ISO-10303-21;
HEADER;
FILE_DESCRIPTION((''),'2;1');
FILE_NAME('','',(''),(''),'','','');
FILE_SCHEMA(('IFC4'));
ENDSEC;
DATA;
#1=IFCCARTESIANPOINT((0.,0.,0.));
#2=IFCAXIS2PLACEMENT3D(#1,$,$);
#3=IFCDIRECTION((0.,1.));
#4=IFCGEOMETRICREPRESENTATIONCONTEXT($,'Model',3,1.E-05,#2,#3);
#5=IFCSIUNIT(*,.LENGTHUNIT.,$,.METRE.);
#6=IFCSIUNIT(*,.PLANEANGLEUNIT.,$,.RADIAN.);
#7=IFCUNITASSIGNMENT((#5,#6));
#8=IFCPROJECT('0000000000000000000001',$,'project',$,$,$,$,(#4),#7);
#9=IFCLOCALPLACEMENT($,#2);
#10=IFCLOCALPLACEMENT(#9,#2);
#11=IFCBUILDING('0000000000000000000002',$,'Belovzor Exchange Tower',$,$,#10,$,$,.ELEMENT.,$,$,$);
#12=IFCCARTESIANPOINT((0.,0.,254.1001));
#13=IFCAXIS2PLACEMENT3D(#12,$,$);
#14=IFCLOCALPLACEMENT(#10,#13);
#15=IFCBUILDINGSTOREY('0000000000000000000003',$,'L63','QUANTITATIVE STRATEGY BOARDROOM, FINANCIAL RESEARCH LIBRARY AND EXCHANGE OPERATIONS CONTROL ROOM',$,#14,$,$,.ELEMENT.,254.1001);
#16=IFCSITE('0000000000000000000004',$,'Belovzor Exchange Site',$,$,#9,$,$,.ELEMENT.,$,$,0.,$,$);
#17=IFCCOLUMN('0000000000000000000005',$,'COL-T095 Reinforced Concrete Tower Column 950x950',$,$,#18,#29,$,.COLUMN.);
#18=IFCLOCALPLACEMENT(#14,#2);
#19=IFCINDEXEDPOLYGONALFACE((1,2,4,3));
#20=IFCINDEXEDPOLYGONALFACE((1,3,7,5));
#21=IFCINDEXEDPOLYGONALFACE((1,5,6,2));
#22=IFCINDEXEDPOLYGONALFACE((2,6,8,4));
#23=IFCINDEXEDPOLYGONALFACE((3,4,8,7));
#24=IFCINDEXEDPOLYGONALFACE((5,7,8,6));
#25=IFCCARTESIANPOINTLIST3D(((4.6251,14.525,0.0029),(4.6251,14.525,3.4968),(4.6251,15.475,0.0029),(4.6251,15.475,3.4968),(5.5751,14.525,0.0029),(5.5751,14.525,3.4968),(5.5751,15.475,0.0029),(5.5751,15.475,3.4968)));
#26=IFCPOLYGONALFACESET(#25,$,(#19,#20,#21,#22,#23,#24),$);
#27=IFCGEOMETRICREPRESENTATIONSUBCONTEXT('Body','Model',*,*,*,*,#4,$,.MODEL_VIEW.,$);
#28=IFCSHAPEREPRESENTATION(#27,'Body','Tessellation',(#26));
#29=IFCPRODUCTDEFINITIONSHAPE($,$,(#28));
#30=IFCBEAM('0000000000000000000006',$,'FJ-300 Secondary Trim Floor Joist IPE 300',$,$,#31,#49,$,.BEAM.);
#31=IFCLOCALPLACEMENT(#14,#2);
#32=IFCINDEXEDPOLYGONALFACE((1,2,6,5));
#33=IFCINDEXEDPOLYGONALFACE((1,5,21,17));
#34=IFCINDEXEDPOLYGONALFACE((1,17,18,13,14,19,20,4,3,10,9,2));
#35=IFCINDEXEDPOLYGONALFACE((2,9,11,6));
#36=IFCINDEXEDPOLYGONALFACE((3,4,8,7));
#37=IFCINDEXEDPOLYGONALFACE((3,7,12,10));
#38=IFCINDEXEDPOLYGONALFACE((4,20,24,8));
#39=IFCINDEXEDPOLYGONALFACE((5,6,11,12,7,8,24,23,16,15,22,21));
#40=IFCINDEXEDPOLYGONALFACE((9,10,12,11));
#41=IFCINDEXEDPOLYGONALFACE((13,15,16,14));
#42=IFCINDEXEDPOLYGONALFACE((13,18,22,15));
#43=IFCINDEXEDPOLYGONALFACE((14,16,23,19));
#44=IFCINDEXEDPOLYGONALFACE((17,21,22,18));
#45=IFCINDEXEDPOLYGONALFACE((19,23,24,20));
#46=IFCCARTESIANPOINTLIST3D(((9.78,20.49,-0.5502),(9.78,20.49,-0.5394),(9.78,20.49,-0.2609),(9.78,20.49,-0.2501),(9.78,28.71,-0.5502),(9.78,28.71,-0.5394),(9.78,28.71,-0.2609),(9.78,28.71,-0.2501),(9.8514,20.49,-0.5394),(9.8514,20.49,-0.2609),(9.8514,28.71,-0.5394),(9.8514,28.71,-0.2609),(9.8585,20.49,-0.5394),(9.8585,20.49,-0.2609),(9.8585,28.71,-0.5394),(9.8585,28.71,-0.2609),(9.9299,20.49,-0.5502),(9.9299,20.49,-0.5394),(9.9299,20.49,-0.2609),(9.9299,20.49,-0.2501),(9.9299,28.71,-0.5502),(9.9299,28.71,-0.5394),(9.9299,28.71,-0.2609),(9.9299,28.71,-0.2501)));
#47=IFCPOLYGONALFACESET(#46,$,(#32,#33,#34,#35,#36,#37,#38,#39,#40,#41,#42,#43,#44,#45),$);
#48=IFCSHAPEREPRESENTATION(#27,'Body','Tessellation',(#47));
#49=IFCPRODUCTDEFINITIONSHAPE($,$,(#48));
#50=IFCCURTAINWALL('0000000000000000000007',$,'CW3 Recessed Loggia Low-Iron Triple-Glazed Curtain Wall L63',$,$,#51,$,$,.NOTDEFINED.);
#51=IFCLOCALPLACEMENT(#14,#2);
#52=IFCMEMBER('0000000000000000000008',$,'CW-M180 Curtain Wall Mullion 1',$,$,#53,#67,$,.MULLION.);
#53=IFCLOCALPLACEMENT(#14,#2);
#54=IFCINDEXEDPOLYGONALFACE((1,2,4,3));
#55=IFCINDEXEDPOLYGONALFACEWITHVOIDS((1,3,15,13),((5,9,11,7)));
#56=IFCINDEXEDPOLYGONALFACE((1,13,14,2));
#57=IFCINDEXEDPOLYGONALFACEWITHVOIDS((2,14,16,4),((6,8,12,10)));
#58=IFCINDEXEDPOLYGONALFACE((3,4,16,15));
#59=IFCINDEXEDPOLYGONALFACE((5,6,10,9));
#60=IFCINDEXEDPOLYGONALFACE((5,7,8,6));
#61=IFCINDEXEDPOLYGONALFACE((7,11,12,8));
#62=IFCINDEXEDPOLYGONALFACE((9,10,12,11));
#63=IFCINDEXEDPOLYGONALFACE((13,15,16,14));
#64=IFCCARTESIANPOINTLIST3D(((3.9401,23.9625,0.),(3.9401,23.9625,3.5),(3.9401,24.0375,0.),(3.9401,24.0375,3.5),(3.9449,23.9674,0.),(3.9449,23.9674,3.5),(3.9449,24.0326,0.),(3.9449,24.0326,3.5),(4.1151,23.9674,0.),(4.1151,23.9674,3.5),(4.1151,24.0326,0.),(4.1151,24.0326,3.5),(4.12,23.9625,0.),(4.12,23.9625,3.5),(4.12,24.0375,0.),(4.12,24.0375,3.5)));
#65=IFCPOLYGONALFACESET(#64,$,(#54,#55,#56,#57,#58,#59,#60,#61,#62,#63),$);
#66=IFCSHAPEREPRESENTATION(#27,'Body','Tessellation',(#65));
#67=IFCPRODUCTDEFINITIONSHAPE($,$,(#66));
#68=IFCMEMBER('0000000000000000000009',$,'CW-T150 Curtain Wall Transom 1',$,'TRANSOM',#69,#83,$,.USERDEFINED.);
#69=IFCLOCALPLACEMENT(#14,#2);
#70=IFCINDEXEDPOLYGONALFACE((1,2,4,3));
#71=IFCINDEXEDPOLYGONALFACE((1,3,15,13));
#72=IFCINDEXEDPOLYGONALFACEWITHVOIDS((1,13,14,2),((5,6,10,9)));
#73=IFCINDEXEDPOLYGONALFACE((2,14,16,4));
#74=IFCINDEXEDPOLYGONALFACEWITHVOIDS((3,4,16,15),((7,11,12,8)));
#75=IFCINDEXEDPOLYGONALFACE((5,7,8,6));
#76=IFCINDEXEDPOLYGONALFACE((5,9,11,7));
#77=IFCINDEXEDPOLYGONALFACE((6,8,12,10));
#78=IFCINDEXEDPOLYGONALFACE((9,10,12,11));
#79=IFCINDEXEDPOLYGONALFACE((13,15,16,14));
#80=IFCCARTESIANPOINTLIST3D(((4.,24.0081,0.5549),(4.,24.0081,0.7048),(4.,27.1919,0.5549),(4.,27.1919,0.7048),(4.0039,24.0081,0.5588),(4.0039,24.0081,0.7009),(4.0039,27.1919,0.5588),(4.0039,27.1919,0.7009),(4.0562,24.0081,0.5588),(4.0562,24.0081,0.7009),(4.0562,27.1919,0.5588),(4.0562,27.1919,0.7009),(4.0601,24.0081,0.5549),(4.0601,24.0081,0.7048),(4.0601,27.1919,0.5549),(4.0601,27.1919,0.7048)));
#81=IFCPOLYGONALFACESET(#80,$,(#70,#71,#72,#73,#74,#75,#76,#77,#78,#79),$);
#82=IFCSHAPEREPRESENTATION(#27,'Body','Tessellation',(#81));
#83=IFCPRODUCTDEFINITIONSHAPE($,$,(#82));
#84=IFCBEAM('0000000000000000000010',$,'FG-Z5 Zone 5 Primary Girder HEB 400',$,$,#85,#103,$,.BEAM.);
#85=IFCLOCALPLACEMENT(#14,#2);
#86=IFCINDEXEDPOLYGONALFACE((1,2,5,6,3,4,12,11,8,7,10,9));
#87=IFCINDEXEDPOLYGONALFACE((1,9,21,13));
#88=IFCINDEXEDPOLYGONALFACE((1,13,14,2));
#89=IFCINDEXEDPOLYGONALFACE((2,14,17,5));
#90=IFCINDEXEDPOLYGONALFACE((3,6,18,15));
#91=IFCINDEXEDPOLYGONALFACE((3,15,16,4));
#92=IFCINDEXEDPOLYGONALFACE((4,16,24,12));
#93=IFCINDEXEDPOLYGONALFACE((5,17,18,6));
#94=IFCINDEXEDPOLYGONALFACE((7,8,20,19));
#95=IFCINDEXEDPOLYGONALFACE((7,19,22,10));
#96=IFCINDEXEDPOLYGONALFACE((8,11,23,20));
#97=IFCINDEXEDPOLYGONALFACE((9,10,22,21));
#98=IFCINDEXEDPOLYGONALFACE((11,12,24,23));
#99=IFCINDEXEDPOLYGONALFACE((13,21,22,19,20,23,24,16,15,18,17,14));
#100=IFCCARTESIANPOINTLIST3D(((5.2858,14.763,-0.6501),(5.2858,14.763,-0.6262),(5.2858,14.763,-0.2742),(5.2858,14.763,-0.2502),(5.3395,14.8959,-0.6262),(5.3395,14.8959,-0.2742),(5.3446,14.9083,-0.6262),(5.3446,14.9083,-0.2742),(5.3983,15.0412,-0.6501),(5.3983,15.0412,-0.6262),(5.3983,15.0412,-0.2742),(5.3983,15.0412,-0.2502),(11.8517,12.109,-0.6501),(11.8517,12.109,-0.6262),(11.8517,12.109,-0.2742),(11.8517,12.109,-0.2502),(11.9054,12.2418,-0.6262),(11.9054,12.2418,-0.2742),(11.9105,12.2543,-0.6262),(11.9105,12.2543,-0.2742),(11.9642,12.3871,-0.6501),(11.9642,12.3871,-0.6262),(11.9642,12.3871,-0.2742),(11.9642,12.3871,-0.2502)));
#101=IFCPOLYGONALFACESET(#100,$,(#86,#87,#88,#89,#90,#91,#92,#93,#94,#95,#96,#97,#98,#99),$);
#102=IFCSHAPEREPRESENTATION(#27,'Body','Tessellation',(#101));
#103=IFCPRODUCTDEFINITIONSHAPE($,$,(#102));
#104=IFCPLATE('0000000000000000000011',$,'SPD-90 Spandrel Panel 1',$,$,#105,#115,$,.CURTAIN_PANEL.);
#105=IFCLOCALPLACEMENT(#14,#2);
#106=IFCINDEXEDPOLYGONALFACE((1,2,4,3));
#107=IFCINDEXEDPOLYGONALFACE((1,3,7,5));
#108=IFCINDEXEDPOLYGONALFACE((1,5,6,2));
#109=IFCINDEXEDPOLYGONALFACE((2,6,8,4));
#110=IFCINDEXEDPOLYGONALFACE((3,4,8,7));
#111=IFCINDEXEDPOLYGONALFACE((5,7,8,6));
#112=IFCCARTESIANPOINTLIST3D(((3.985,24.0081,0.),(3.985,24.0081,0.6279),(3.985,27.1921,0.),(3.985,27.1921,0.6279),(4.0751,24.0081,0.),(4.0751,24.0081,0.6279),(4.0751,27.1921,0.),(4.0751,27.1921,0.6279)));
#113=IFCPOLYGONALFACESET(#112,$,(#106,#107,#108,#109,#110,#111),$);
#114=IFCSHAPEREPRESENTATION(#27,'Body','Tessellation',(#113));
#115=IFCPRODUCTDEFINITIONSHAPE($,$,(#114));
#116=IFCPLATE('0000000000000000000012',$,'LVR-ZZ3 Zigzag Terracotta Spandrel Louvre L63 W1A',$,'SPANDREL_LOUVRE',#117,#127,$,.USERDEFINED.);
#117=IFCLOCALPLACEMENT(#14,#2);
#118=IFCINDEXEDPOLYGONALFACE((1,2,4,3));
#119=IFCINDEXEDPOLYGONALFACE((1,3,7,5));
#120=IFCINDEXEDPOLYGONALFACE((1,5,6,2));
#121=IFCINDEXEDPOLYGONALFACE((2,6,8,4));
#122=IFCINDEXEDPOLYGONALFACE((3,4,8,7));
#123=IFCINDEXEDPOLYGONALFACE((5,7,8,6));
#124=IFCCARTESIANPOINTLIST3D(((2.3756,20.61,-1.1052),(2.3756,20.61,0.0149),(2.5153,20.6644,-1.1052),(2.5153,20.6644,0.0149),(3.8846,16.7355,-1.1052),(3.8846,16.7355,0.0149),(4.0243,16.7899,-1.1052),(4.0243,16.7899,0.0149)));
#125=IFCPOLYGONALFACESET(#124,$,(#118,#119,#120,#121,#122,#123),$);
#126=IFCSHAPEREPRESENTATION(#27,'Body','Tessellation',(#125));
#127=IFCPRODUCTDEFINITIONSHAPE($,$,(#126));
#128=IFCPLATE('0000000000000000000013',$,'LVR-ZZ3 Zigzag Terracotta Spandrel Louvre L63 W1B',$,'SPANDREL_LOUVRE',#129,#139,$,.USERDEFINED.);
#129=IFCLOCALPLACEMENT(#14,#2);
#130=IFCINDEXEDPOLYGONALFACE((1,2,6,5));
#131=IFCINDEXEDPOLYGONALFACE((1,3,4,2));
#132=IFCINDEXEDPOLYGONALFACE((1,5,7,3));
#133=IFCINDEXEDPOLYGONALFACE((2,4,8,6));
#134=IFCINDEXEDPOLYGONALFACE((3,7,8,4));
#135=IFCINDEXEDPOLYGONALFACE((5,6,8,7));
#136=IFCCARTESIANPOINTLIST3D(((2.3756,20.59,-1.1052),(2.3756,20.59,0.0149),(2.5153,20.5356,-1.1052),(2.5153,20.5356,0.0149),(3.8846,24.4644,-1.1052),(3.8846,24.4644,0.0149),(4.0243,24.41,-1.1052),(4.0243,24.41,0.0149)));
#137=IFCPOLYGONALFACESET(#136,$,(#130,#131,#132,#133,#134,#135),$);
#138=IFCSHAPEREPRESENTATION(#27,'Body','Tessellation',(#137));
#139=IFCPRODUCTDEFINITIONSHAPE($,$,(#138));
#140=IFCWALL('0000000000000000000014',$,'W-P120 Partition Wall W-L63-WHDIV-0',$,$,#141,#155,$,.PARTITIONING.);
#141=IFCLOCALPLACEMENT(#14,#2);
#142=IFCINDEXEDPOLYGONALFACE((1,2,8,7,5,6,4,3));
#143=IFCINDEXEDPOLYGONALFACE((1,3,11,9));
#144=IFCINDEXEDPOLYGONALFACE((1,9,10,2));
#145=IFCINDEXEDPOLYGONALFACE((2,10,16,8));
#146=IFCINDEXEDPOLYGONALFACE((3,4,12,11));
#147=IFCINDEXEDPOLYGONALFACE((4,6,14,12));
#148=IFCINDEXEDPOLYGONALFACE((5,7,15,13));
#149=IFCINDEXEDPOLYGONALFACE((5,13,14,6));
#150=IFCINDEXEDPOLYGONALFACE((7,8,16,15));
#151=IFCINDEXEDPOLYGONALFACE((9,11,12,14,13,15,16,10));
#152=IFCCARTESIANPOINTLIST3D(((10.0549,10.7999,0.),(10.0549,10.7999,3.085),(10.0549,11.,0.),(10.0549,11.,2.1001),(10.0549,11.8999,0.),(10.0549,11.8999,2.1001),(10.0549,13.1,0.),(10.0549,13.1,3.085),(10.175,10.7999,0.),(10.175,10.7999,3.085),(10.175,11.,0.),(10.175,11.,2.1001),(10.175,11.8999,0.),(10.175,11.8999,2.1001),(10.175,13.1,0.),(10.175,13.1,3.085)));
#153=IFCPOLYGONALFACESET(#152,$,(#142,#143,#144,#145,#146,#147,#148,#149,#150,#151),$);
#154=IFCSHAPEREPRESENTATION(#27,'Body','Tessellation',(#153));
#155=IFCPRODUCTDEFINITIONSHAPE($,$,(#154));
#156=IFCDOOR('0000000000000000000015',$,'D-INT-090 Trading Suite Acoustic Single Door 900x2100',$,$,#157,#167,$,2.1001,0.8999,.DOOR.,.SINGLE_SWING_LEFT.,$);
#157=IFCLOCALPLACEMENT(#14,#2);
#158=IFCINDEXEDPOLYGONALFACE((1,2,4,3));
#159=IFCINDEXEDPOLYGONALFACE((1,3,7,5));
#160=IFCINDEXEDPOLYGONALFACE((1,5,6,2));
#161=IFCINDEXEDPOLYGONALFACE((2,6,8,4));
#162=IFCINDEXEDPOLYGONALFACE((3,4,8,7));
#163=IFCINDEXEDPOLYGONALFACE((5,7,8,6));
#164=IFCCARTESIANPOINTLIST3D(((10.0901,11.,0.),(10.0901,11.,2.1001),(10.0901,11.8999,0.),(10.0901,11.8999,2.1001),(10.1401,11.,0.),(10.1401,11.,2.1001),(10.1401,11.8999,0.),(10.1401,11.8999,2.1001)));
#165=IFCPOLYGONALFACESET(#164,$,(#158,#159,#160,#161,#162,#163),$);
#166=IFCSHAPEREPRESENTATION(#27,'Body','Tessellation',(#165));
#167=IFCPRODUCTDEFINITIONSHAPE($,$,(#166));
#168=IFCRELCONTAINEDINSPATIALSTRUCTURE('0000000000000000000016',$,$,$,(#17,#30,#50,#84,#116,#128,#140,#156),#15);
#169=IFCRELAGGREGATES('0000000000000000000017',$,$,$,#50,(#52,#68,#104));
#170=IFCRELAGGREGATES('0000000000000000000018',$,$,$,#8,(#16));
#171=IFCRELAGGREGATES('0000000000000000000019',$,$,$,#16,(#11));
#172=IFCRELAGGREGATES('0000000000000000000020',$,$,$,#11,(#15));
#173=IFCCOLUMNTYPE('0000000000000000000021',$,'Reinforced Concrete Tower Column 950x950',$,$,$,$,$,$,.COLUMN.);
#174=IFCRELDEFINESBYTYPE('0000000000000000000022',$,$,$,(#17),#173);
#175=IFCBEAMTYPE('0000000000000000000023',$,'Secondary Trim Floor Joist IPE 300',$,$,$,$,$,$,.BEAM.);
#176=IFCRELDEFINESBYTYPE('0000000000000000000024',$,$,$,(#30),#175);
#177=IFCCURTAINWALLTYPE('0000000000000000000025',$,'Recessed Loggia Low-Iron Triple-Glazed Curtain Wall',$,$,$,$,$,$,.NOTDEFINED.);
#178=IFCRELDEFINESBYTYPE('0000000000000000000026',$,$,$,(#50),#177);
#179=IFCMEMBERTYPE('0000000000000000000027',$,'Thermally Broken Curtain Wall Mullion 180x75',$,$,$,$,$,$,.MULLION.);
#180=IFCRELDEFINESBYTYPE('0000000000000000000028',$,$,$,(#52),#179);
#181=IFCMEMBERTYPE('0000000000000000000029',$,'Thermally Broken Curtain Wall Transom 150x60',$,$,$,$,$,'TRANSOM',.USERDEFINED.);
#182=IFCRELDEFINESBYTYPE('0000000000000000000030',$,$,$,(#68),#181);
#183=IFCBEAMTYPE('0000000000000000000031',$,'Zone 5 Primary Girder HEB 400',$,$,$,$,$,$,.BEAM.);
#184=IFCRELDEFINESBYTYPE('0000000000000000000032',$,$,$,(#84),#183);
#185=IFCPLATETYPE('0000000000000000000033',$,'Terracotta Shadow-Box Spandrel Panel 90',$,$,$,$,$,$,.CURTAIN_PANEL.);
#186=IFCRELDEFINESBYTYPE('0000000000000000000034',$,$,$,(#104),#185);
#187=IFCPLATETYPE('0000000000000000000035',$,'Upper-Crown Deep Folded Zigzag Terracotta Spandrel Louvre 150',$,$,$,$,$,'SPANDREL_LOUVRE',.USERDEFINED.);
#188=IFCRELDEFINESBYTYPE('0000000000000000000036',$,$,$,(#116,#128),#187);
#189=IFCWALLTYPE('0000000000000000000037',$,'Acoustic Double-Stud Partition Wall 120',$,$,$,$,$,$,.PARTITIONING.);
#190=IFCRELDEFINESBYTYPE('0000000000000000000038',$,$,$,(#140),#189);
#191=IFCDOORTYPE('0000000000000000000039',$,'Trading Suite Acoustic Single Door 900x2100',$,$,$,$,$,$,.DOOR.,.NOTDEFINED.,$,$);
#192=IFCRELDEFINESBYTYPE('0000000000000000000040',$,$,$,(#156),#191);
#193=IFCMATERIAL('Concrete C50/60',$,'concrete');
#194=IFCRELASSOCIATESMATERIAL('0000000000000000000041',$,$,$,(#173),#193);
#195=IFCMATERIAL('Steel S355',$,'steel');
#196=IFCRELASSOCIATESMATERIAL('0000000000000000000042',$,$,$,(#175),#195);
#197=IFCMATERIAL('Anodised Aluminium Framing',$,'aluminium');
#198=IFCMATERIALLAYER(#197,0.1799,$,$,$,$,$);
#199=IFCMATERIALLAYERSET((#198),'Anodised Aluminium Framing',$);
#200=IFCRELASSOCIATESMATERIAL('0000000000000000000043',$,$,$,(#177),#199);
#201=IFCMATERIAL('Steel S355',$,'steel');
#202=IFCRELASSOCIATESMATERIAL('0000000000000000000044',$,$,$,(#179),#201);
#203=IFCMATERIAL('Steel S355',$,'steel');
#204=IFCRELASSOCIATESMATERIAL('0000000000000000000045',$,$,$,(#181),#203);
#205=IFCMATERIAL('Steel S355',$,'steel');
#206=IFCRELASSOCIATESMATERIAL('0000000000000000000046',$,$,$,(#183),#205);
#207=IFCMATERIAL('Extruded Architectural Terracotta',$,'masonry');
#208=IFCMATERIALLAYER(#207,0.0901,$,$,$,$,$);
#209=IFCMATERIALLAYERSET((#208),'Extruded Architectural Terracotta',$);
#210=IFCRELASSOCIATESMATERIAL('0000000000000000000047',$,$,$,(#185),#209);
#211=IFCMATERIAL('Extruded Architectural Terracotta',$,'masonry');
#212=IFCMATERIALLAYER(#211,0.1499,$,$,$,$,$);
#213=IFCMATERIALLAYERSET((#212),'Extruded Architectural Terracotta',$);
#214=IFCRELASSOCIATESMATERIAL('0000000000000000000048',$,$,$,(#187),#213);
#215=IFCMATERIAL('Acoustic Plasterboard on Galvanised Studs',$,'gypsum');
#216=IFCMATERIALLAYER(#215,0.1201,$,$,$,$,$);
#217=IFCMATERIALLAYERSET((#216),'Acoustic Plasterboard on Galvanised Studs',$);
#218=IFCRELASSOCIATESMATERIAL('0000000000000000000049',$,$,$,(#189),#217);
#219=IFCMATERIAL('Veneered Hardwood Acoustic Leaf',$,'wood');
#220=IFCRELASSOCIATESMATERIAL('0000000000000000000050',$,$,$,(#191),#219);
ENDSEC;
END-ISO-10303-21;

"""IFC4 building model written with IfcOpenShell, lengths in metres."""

from ifc_helpers import new_model, si_unit, direction, frame, frame_2d, origin, origin_2d, place, context, subcontext, project, spatial, rectangle, hollow_rectangle, i_section, extrude, material, layer, layer_set, material_profile, profile_set, type_object, element, fill, aggregate, save


model = new_model("IFC4")

# Units and contexts
model_context = context("Model", 3, precision=1e-05, world=origin(), true_north=direction((0.0, 1.0)))
body_context = subcontext(model_context, "Body", "Model", "MODEL_VIEW")
ifc_project = project(units=[si_unit("LENGTHUNIT", "METRE"), si_unit("PLANEANGLEUNIT", "RADIAN")], contexts=[model_context])

# Site, building, storey
site_placement = place(None, origin())
site = spatial("IfcSite", under=ifc_project, at=site_placement, Name="Belovzor Exchange Site", CompositionType="ELEMENT", RefElevation=0.0)
building_placement = place(site_placement, origin())
building = spatial("IfcBuilding", under=site, at=building_placement, Name="Belovzor Exchange Tower", CompositionType="ELEMENT")
storey_placement = place(building_placement, frame((0.0, 0.0, 254.1001)))
storey = spatial("IfcBuildingStorey", under=building, at=storey_placement, Name="L63", Description="QUANTITATIVE STRATEGY BOARDROOM, FINANCIAL RESEARCH LIBRARY AND EXCHANGE OPERATIONS CONTROL ROOM", CompositionType="ELEMENT", Elevation=254.1001)

# Column
ifc_material_1 = material(Name="Concrete C50/60", Category="concrete")
ifc_material_profile_1 = material_profile(ifc_material_1, rectangle(XDim=0.95, YDim=0.95, at=origin_2d()))
ifc_profile_set_1 = profile_set([ifc_material_profile_1], Name="Concrete C50/60")
column_type = type_object("IfcColumnType", Name="Reinforced Concrete Tower Column 950x950", PredefinedType="COLUMN", material=ifc_profile_set_1)
column_placement = place(storey_placement, frame((5.1001, 15.0, 0.0029), z_axis=(0.0, 0.0, 1.0), x_axis=(1.0, 0.0, 0.0)))
element("IfcColumn", 1, at=column_placement, inside=storey, type_object=column_type, Name="COL-T095 Reinforced Concrete Tower Column 950x950", PredefinedType="COLUMN", context=body_context, shape_type="SweptSolid", body=[
    extrude(rectangle(XDim=0.95, YDim=0.95, at=origin_2d()), origin(), (0.0, 0.0, 1.0), 3.4939),
])

# Beam
ifc_material_2 = material(Name="Steel S355", Category="steel")
ifc_material_profile_2 = material_profile(ifc_material_2, i_section(OverallWidth=0.1499, OverallDepth=0.3, WebThickness=0.0071, FlangeThickness=0.0107, at=origin_2d()))
ifc_profile_set_2 = profile_set([ifc_material_profile_2], Name="Steel S355")
beam_type_1 = type_object("IfcBeamType", Name="Secondary Trim Floor Joist IPE 300", PredefinedType="BEAM", material=ifc_profile_set_2)
beam_1_placement = place(storey_placement, frame((9.855, 20.49, -0.4001), z_axis=(0.0, 1.0, 0.0), x_axis=(-1.0, 0.0, 0.0)))
element("IfcBeam", 2, at=beam_1_placement, inside=storey, type_object=beam_type_1, Name="FJ-300 Secondary Trim Floor Joist IPE 300", PredefinedType="BEAM", context=body_context, shape_type="SweptSolid", body=[
    extrude(i_section(OverallWidth=0.1499, OverallDepth=0.3, WebThickness=0.0071, FlangeThickness=0.0107, at=origin_2d()), origin(), (0.0, 0.0, 1.0), 8.22),
])

# Curtain wall, members
ifc_material_3 = material(Name="Anodised Aluminium Framing", Category="aluminium")
ifc_layer_1 = layer(ifc_material_3, 0.1799)
ifc_layer_set_1 = layer_set([ifc_layer_1], Name="Anodised Aluminium Framing")
curtain_wall_type = type_object("IfcCurtainWallType", Name="Recessed Loggia Low-Iron Triple-Glazed Curtain Wall", PredefinedType="NOTDEFINED", material=ifc_layer_set_1)
curtain_wall_placement = place(storey_placement, origin())
curtain_wall = element("IfcCurtainWall", 3, at=curtain_wall_placement, inside=storey, type_object=curtain_wall_type, Name="CW3 Recessed Loggia Low-Iron Triple-Glazed Curtain Wall L63", PredefinedType="NOTDEFINED")
ifc_material_4 = material(Name="Steel S355", Category="steel")
ifc_material_profile_3 = material_profile(ifc_material_4, hollow_rectangle(XDim=0.075, YDim=0.1799, WallThickness=0.0049, at=origin_2d()))
ifc_profile_set_3 = profile_set([ifc_material_profile_3], Name="Steel S355")
member_type_1 = type_object("IfcMemberType", Name="Thermally Broken Curtain Wall Mullion 180x75", PredefinedType="MULLION", material=ifc_profile_set_3)
member_1_placement = place(storey_placement, frame((4.03, 24.0, 0.0), z_axis=(0.0, 0.0, 1.0), x_axis=(0.0, 1.0, 0.0)))
member_1 = element("IfcMember", 4, at=member_1_placement, type_object=member_type_1, Name="CW-M180 Curtain Wall Mullion 1", PredefinedType="MULLION", context=body_context, shape_type="SweptSolid", body=[
    extrude(hollow_rectangle(XDim=0.075, YDim=0.1799, WallThickness=0.0049, at=origin_2d()), origin(), (0.0, 0.0, 1.0), 3.5),
])
ifc_material_5 = material(Name="Steel S355", Category="steel")
ifc_material_profile_4 = material_profile(ifc_material_5, hollow_rectangle(XDim=0.0601, YDim=0.1499, WallThickness=0.0039, at=origin_2d()))
ifc_profile_set_4 = profile_set([ifc_material_profile_4], Name="Steel S355")
member_type_2 = type_object("IfcMemberType", Name="Thermally Broken Curtain Wall Transom 150x60", ElementType="TRANSOM", PredefinedType="USERDEFINED", material=ifc_profile_set_4)
member_2_placement = place(storey_placement, frame((4.03, 24.0081, 0.6299), z_axis=(0.0, 1.0, 0.0), x_axis=(-1.0, 0.0, 0.0)))
member_2 = element("IfcMember", 5, at=member_2_placement, type_object=member_type_2, Name="CW-T150 Curtain Wall Transom 1", ObjectType="TRANSOM", PredefinedType="USERDEFINED", context=body_context, shape_type="SweptSolid", body=[
    extrude(hollow_rectangle(XDim=0.0601, YDim=0.1499, WallThickness=0.0039, at=origin_2d()), origin(), (0.0, 0.0, 1.0), 3.1838),
])

# Beam
ifc_material_6 = material(Name="Steel S355", Category="steel")
ifc_material_profile_5 = material_profile(ifc_material_6, i_section(OverallWidth=0.3, OverallDepth=0.3999, WebThickness=0.0134, FlangeThickness=0.0239, at=origin_2d()))
ifc_profile_set_5 = profile_set([ifc_material_profile_5], Name="Steel S355")
beam_type_2 = type_object("IfcBeamType", Name="Zone 5 Primary Girder HEB 400", PredefinedType="BEAM", material=ifc_profile_set_5)
beam_2_placement = place(storey_placement, frame((5.342, 14.9021, -0.4502), z_axis=(0.927123, -0.374758, 0.0), x_axis=(0.374758, 0.927123, 0.0)))
element("IfcBeam", 6, at=beam_2_placement, inside=storey, type_object=beam_type_2, Name="FG-Z5 Zone 5 Primary Girder HEB 400", PredefinedType="BEAM", context=body_context, shape_type="SweptSolid", body=[
    extrude(i_section(OverallWidth=0.3, OverallDepth=0.3999, WebThickness=0.0134, FlangeThickness=0.0239, at=origin_2d()), origin(), (0.0, 0.0, 1.0), 7.082),
])

# Plate
ifc_material_7 = material(Name="Extruded Architectural Terracotta", Category="masonry")
ifc_layer_2 = layer(ifc_material_7, 0.0901)
ifc_layer_set_2 = layer_set([ifc_layer_2], Name="Extruded Architectural Terracotta")
plate_type_1 = type_object("IfcPlateType", Name="Terracotta Shadow-Box Spandrel Panel 90", PredefinedType="CURTAIN_PANEL", material=ifc_layer_set_2)
plate_placement = place(storey_placement, frame((4.03, 25.6001, 0.0), z_axis=(0.0, 0.0, 1.0), x_axis=(0.0, 1.0, 0.0)))
plate = element("IfcPlate", 7, at=plate_placement, type_object=plate_type_1, Name="SPD-90 Spandrel Panel 1", PredefinedType="CURTAIN_PANEL", context=body_context, shape_type="SweptSolid", body=[
    extrude(rectangle(XDim=3.1841, YDim=0.0901, at=origin_2d()), origin(), (0.0, 0.0, 1.0), 0.6279),
])
aggregate(curtain_wall, [member_1, member_2, plate])

# Plates
ifc_material_8 = material(Name="Extruded Architectural Terracotta", Category="masonry")
ifc_layer_3 = layer(ifc_material_8, 0.1499)
ifc_layer_set_3 = layer_set([ifc_layer_3], Name="Extruded Architectural Terracotta")
plate_type_2 = type_object("IfcPlateType", Name="Upper-Crown Deep Folded Zigzag Terracotta Spandrel Louvre 150", ElementType="SPANDREL_LOUVRE", PredefinedType="USERDEFINED", material=ifc_layer_set_3)
for number, where, z_axis, x_axis, name in (
    (8, (3.2, 18.7, -1.1052), (0.0, 0.0, 1.0), (-0.362926, 0.931818, 0.0), "LVR-ZZ3 Zigzag Terracotta Spandrel Louvre L63 W1A"),
    (9, (3.2, 22.5, -1.1052), (0.0, 0.0, 1.0), (0.362926, 0.931818, 0.0), "LVR-ZZ3 Zigzag Terracotta Spandrel Louvre L63 W1B"),
):
    element("IfcPlate", number, at=place(storey_placement, frame(where, z_axis=z_axis, x_axis=x_axis)), inside=storey, type_object=plate_type_2, Name=name, ObjectType="SPANDREL_LOUVRE", PredefinedType="USERDEFINED", context=body_context, shape_type="SweptSolid", body=[
        extrude(rectangle(XDim=4.158, YDim=0.1499, at=origin_2d()), origin(), (0.0, 0.0, 1.0), 1.1201),
    ])

# Wall, opening, door
ifc_material_9 = material(Name="Acoustic Plasterboard on Galvanised Studs", Category="gypsum")
ifc_layer_4 = layer(ifc_material_9, 0.1201)
ifc_layer_set_4 = layer_set([ifc_layer_4], Name="Acoustic Plasterboard on Galvanised Studs")
wall_type_1 = type_object("IfcWallType", Name="Acoustic Double-Stud Partition Wall 120", PredefinedType="PARTITIONING", material=ifc_layer_set_4)
wall_1_placement = place(storey_placement, frame((10.115, 10.8, 0.0), z_axis=(0.0, 0.0, 1.0), x_axis=(0.0, 1.0, 0.0)))
wall_1 = element("IfcWall", 10, at=wall_1_placement, inside=storey, type_object=wall_type_1, Name="W-P120 Partition Wall W-L63-WHDIV-0", PredefinedType="PARTITIONING", context=body_context, shape_type="SweptSolid", body=[
    extrude(rectangle(XDim=2.3, YDim=0.1201, at=frame_2d((1.1499, 0.0))), origin(), (0.0, 0.0, 1.0), 3.085),
])
opening_1_placement = place(wall_1_placement, frame((0.2, 0.0, 0.0)))
opening_1 = element("IfcOpeningElement", 11, at=opening_1_placement, cuts=wall_1, PredefinedType="OPENING", context=body_context, shape_type="SweptSolid", body=[
    extrude(rectangle(XDim=0.8999, YDim=2.1001, at=frame_2d((0.45, 1.05))), frame((0.0, 0.0701, 0.0), z_axis=(0.0, -1.0, 0.0), x_axis=(1.0, 0.0, 0.0)), (0.0, 0.0, 1.0), 0.1401),
])
ifc_material_10 = material(Name="Veneered Hardwood Acoustic Leaf", Category="wood")
door_type = type_object("IfcDoorType", Name="Trading Suite Acoustic Single Door 900x2100", OperationType="NOTDEFINED", PredefinedType="DOOR", material=ifc_material_10)
door_1_placement = place(opening_1_placement, origin())
door_1 = element("IfcDoor", 12, at=door_1_placement, inside=storey, type_object=door_type, Name="D-INT-090 Trading Suite Acoustic Single Door 900x2100", OperationType="SINGLE_SWING_LEFT", OverallHeight=2.1001, OverallWidth=0.8999, PredefinedType="DOOR", context=body_context, shape_type="SweptSolid", body=[
    extrude(rectangle(XDim=0.8999, YDim=2.1001, at=frame_2d((0.45, 1.05))), frame((0.0, 0.0249, 0.0), z_axis=(0.0, -1.0, 0.0), x_axis=(1.0, 0.0, 0.0)), (0.0, 0.0, 1.0), 0.05),
])
fill(opening_1, door_1)

save(model, "model.ifc")
